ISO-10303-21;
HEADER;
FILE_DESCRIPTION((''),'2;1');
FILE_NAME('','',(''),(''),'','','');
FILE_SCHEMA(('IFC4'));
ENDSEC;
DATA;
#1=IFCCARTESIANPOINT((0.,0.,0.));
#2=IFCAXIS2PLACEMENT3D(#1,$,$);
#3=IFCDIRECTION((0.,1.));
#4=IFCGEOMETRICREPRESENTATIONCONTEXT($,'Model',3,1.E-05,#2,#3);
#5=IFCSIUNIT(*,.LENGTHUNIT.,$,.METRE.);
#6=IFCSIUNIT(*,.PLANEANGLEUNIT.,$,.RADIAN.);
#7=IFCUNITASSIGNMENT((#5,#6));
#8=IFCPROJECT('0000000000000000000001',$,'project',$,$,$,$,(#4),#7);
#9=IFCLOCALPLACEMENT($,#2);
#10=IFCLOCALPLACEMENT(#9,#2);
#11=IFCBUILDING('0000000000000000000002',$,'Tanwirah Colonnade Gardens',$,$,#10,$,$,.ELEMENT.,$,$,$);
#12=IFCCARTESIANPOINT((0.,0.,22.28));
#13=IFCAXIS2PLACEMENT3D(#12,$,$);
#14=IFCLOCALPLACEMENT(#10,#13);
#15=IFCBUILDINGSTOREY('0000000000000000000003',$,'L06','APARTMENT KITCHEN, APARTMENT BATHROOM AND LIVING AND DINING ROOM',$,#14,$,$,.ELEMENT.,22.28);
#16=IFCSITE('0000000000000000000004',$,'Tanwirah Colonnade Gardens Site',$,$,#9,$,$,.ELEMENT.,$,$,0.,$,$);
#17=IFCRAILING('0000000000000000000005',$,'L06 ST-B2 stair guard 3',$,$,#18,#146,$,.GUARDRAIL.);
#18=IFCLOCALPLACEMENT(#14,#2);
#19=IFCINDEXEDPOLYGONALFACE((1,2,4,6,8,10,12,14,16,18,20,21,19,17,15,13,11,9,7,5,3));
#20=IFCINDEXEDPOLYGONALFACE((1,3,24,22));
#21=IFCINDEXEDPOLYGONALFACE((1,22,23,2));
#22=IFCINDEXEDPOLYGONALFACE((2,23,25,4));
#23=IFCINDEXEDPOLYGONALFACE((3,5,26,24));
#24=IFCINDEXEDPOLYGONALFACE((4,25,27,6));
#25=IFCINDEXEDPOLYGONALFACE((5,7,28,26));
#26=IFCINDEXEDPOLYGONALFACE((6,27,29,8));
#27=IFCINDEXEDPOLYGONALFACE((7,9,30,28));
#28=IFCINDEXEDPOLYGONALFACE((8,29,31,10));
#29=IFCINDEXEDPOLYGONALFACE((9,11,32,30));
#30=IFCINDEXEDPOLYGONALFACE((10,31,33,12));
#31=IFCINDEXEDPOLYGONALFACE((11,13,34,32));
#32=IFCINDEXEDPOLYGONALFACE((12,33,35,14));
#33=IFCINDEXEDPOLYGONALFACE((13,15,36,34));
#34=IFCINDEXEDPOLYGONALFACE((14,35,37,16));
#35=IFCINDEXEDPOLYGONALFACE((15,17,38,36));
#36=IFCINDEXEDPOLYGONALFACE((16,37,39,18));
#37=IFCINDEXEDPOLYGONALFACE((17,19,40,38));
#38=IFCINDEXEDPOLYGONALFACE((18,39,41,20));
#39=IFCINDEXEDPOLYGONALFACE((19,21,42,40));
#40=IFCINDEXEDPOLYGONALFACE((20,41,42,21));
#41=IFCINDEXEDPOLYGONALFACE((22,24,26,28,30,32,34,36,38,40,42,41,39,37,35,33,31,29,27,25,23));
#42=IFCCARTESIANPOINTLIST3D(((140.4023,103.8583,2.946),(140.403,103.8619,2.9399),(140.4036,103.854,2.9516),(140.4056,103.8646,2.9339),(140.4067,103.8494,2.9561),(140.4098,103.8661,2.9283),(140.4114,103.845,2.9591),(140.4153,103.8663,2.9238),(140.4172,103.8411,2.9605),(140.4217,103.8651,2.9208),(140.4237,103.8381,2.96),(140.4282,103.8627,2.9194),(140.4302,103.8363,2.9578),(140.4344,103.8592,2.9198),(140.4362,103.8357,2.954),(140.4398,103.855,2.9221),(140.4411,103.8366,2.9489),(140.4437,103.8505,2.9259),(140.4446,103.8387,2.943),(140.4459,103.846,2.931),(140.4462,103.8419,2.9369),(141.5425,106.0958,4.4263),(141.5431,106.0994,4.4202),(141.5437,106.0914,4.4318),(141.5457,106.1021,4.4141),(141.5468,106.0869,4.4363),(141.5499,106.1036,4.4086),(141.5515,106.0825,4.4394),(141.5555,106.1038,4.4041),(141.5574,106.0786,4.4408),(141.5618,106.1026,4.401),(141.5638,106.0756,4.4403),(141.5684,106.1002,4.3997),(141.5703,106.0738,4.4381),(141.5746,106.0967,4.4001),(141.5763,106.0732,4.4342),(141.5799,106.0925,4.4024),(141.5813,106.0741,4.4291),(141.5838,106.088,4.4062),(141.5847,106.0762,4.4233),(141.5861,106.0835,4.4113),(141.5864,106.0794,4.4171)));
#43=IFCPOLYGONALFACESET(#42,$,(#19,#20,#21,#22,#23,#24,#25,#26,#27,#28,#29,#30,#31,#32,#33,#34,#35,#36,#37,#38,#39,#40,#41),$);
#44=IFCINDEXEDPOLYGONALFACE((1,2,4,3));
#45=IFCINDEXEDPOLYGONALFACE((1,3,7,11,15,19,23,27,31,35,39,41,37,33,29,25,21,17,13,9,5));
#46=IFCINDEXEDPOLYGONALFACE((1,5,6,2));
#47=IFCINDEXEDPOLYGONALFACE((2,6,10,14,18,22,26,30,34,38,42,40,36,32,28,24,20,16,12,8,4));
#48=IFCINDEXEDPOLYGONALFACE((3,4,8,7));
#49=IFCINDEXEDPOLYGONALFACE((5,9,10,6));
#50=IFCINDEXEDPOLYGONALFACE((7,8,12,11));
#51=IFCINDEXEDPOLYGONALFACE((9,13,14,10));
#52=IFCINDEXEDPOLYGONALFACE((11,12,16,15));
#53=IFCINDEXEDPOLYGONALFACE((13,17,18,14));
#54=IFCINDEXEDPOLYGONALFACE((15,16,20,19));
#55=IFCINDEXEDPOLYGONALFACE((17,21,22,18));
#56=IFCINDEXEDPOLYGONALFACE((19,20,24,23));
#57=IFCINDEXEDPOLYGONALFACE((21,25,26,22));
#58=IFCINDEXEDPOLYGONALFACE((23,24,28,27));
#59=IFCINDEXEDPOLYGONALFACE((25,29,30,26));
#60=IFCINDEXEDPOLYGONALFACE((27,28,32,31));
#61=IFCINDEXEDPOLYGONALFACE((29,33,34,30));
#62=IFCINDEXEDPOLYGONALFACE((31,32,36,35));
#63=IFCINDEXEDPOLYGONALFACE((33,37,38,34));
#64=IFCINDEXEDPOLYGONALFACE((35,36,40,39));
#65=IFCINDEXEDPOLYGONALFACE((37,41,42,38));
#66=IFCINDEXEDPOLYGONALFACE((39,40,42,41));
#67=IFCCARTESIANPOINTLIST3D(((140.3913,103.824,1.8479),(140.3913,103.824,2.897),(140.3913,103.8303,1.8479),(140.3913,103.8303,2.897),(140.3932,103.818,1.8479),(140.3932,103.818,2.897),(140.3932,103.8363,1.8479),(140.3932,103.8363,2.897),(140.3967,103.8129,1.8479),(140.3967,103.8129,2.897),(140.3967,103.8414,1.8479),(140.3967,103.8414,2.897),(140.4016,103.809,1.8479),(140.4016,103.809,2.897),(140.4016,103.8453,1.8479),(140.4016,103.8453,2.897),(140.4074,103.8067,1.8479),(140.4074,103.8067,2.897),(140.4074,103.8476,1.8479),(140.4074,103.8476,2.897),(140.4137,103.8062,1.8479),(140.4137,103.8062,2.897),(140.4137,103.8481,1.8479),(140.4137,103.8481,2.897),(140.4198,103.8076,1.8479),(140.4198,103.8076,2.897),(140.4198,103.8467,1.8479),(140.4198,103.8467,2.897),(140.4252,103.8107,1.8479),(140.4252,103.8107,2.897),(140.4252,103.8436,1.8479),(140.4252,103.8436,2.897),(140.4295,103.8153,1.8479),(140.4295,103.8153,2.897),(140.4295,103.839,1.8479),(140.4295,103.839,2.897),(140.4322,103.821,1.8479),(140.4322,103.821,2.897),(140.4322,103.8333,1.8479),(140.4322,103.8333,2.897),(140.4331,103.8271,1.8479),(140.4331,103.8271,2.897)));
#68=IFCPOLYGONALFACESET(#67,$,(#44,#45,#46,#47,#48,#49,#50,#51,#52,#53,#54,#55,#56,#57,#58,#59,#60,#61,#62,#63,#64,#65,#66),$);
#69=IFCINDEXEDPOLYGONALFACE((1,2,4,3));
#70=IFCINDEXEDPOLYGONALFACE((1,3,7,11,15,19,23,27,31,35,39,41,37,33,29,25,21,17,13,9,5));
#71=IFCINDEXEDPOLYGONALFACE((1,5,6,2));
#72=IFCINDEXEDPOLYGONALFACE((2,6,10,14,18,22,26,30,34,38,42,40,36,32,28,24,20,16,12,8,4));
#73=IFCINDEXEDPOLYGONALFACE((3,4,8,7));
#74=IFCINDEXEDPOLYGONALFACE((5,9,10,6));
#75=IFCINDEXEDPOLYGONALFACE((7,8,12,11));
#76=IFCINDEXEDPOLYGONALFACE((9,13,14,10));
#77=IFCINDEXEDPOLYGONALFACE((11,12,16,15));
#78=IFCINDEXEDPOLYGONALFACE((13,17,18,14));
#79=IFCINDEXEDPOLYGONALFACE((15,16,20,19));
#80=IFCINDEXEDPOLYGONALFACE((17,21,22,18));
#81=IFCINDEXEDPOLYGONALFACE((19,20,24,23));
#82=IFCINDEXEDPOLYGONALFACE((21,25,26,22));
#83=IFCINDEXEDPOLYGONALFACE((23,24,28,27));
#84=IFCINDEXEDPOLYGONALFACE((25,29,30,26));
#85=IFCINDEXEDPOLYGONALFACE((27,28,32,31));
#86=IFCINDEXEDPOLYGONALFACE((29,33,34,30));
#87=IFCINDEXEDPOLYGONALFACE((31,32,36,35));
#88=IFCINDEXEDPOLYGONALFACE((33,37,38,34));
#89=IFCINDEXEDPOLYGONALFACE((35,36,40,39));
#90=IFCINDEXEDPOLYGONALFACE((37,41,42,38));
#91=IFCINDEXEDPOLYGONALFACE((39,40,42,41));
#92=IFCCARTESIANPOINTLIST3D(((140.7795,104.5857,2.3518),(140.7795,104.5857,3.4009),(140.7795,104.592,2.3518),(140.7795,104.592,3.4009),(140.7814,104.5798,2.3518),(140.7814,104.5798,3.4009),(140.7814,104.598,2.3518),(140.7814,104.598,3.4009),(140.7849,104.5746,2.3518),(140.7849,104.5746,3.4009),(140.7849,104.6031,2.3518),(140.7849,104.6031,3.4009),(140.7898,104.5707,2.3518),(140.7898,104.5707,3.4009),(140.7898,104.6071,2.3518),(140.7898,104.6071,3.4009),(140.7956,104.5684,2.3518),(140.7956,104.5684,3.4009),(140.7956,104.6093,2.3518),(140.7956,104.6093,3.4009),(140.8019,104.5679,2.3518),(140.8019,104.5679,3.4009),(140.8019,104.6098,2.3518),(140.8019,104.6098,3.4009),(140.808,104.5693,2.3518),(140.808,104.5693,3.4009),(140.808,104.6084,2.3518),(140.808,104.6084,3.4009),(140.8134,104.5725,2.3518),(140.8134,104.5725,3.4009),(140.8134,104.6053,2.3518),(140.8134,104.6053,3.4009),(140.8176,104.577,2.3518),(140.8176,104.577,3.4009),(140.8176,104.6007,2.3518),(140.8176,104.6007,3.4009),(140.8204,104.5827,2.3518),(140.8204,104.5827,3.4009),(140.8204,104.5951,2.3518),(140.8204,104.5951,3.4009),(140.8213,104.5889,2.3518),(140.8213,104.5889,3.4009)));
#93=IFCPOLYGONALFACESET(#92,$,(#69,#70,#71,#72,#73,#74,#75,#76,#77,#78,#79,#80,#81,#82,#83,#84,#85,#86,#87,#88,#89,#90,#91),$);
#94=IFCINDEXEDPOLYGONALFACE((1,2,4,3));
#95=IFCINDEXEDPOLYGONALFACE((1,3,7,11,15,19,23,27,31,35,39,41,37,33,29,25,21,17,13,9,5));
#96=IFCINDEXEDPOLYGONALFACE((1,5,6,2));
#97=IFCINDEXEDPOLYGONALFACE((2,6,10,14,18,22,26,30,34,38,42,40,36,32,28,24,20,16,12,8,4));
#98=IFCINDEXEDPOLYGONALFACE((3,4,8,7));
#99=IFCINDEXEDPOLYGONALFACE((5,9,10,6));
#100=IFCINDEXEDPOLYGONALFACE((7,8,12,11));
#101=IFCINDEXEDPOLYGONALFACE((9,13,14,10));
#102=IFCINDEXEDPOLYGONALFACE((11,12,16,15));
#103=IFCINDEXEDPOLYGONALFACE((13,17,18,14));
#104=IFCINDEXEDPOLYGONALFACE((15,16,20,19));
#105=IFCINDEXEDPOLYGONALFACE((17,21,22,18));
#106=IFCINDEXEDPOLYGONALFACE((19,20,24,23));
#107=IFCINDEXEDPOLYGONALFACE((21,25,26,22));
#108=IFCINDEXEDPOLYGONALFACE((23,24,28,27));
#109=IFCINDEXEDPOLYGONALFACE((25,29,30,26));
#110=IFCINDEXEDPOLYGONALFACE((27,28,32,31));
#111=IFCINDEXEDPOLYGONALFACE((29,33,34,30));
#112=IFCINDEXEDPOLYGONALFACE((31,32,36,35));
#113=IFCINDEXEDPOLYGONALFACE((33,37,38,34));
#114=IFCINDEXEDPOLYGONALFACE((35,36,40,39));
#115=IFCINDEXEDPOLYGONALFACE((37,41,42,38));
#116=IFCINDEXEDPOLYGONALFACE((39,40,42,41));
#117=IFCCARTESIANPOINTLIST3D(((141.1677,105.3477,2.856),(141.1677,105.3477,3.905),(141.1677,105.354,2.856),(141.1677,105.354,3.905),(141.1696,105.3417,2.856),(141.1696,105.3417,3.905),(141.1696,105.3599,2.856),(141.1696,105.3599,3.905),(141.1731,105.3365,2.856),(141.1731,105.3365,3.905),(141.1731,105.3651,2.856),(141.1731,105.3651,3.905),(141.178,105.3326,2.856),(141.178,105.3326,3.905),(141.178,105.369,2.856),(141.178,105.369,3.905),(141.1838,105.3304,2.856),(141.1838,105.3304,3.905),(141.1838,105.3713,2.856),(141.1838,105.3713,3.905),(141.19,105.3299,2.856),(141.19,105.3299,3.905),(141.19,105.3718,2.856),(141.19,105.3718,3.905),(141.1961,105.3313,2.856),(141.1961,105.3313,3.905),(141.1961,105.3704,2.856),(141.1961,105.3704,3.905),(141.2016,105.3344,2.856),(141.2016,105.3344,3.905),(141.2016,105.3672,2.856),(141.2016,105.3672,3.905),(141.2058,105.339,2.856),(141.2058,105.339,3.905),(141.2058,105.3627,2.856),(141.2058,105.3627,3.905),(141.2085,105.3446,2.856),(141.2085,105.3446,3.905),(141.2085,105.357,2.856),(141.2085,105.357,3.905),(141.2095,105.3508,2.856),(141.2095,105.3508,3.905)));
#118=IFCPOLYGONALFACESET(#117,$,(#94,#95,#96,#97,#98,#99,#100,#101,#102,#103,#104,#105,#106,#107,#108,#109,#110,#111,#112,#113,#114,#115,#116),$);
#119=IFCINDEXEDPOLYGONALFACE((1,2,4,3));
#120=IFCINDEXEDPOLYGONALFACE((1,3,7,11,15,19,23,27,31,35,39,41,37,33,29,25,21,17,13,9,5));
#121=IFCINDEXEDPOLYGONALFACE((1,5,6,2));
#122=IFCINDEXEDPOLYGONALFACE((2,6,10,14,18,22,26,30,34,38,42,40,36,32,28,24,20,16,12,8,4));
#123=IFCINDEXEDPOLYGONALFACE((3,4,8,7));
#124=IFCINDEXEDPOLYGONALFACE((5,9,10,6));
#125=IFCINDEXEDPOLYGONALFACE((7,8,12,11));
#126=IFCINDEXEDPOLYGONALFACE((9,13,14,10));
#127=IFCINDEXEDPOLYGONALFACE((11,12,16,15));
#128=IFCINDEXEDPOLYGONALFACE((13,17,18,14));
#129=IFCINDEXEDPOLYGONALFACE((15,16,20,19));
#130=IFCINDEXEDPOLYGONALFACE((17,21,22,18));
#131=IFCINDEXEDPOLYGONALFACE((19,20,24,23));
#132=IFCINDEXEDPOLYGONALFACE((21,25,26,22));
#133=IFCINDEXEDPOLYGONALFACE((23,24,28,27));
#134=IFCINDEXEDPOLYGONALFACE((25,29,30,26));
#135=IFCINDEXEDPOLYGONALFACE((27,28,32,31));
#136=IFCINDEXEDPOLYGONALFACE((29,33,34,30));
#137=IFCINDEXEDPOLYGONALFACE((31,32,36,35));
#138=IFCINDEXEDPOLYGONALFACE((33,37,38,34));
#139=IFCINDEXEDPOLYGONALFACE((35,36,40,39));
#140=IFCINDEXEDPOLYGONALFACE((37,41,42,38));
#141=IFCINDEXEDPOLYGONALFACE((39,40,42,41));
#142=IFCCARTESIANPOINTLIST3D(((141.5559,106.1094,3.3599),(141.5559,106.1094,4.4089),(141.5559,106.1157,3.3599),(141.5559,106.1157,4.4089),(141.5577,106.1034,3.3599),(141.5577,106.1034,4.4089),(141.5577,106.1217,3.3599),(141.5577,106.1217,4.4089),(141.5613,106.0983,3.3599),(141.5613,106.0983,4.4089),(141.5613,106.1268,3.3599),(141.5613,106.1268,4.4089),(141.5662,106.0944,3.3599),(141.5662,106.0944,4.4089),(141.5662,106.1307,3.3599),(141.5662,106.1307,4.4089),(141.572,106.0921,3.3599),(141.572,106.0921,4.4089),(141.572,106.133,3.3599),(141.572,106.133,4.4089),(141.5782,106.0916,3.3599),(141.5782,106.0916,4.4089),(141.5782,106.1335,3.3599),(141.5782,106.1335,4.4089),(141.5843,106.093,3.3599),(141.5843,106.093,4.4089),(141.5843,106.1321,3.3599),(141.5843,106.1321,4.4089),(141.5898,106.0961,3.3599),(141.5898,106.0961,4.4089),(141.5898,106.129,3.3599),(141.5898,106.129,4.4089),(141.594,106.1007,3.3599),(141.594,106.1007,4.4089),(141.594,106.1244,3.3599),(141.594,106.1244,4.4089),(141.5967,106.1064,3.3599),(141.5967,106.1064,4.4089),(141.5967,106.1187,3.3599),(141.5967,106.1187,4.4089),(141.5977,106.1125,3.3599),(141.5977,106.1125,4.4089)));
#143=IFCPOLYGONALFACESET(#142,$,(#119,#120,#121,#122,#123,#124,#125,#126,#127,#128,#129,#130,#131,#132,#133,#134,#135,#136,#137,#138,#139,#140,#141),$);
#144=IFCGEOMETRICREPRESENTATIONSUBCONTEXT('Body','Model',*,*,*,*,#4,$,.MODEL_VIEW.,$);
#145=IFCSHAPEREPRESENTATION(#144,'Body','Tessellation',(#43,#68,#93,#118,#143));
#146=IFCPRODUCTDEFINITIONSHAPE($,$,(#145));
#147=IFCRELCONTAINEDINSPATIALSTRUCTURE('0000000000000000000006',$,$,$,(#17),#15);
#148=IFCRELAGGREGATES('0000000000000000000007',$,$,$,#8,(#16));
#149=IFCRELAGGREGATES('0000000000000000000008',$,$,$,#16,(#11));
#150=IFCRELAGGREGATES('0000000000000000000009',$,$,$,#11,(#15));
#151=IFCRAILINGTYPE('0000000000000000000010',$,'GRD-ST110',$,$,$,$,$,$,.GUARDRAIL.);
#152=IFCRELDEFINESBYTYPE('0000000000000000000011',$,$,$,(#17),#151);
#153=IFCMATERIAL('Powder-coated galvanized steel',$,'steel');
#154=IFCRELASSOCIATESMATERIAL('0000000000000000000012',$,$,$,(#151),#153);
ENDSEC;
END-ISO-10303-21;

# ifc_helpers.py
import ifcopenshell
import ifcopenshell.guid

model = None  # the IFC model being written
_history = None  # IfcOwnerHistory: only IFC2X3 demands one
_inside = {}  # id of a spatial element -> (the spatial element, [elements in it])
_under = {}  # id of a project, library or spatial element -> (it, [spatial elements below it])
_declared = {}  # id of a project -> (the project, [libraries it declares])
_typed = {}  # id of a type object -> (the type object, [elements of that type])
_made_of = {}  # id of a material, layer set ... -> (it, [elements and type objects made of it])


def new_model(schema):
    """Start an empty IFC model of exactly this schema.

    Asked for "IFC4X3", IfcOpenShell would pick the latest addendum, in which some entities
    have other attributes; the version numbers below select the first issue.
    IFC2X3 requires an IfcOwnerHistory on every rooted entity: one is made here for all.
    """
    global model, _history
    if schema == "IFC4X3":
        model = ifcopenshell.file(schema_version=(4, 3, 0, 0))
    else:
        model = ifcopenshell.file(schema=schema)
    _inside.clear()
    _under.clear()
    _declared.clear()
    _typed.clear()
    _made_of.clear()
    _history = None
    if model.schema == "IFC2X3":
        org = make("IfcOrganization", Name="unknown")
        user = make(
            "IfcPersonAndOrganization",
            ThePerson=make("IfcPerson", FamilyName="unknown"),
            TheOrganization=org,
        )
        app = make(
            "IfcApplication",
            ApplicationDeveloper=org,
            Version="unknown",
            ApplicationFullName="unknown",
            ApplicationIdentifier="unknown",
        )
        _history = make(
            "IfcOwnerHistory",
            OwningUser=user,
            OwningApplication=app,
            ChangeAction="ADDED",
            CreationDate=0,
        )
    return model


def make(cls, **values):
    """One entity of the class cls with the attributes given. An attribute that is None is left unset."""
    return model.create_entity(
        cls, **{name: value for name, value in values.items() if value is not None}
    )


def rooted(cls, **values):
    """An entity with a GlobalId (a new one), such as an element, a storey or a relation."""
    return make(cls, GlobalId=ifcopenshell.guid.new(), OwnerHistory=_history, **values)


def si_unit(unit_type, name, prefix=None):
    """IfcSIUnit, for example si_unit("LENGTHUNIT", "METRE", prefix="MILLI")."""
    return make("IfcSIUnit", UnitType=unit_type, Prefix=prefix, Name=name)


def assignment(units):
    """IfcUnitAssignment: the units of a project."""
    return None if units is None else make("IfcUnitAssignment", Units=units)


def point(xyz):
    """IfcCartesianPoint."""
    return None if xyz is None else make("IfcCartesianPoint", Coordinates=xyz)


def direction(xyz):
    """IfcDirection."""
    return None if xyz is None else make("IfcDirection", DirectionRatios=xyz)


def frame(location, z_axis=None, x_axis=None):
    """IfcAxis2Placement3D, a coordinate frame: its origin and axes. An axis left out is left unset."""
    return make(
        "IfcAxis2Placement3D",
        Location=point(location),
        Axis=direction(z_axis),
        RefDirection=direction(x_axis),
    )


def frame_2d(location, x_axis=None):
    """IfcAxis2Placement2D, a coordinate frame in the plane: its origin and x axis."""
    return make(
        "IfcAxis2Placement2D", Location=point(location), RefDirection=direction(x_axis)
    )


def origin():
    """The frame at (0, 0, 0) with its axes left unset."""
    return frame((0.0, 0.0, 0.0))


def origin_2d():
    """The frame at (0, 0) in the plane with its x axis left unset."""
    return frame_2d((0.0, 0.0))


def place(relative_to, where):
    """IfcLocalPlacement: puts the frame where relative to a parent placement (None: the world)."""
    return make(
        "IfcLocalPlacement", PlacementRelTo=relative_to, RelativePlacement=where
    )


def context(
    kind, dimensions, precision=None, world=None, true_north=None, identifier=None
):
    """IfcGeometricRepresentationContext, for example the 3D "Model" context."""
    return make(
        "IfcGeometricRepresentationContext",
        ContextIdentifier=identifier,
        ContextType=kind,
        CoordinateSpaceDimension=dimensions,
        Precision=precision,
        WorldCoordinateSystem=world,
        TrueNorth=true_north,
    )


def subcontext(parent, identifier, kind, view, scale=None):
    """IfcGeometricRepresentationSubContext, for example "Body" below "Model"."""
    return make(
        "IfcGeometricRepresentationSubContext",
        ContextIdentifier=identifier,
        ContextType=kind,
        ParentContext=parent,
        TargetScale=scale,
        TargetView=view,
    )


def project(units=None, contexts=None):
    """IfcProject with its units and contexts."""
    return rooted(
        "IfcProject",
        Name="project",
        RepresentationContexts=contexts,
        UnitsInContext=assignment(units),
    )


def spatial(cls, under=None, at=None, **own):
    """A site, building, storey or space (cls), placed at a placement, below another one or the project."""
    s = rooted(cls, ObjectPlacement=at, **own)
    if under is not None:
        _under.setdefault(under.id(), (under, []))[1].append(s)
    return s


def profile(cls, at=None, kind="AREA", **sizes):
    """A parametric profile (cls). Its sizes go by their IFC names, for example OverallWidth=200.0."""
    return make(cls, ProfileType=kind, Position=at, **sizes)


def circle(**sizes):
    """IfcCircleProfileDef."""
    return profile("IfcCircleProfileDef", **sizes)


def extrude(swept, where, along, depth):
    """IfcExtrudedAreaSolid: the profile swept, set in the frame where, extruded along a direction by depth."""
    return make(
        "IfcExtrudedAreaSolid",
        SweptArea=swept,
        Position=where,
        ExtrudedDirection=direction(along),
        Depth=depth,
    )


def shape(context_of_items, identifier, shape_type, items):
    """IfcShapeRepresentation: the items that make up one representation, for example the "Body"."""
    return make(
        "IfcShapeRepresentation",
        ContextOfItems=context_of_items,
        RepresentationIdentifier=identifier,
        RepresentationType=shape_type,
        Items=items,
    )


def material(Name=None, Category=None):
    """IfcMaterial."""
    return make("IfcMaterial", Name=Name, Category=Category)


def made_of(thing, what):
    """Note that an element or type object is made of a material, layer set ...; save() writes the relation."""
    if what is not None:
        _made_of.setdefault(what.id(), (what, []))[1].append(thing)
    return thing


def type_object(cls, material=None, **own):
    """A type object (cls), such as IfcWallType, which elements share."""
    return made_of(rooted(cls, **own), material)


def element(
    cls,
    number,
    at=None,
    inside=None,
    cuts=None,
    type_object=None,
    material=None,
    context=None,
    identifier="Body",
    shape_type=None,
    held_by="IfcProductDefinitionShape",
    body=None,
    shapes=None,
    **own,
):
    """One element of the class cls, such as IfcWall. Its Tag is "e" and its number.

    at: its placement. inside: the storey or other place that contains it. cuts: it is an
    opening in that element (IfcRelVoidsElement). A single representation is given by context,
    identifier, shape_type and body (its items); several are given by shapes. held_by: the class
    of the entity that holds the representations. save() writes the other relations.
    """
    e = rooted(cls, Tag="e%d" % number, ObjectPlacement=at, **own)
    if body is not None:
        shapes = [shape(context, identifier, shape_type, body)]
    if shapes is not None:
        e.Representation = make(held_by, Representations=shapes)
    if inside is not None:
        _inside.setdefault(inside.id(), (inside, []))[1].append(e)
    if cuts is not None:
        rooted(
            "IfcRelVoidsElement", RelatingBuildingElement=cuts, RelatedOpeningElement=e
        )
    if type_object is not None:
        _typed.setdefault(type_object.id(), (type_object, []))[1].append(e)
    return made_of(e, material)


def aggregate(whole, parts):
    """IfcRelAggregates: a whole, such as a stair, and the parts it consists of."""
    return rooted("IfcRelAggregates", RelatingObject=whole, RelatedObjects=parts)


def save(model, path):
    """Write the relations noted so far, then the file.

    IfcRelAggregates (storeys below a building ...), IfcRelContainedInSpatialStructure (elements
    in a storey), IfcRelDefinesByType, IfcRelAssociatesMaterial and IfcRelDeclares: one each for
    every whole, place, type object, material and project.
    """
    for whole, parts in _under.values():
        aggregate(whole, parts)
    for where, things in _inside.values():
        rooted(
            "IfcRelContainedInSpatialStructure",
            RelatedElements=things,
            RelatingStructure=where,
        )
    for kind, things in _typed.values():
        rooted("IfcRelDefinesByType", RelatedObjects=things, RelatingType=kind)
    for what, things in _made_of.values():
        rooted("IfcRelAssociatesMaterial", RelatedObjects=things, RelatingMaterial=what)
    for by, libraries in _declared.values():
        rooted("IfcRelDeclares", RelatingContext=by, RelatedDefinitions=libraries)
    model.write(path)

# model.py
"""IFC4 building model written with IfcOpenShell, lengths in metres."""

from ifc_helpers import new_model, si_unit, direction, frame, origin, origin_2d, place, context, subcontext, project, spatial, circle, extrude, material, type_object, element, save


model = new_model("IFC4")

# Units and contexts
model_context = context("Model", 3, precision=1e-05, world=origin(), true_north=direction((0.0, 1.0)))
body_context = subcontext(model_context, "Body", "Model", "MODEL_VIEW")
ifc_project = project(units=[si_unit("LENGTHUNIT", "METRE"), si_unit("PLANEANGLEUNIT", "RADIAN")], contexts=[model_context])

# Site, building, storey
site_placement = place(None, origin())
site = spatial("IfcSite", under=ifc_project, at=site_placement, Name="Tanwirah Colonnade Gardens Site", CompositionType="ELEMENT", RefElevation=0.0)
building_placement = place(site_placement, origin())
building = spatial("IfcBuilding", under=site, at=building_placement, Name="Tanwirah Colonnade Gardens", CompositionType="ELEMENT")
storey_placement = place(building_placement, frame((0.0, 0.0, 22.28)))
storey = spatial("IfcBuildingStorey", under=building, at=storey_placement, Name="L06", Description="APARTMENT KITCHEN, APARTMENT BATHROOM AND LIVING AND DINING ROOM", CompositionType="ELEMENT", Elevation=22.28)

# Railing
ifc_material_1 = material(Name="Powder-coated galvanized steel", Category="steel")
railing_type_1 = type_object("IfcRailingType", Name="GRD-ST110", PredefinedType="GUARDRAIL", material=ifc_material_1)
railing_1_placement = place(storey_placement, frame((140.4121, 103.8271, 1.8479)))
element("IfcRailing", 1, at=railing_1_placement, inside=storey, type_object=railing_type_1, Name="L06 ST-B2 stair guard 3", PredefinedType="GUARDRAIL", context=body_context, shape_type="SweptSolid", body=[
    extrude(circle(Radius=0.0239, at=origin_2d()), frame((0.0122, 0.0239, 1.092), z_axis=(0.391122, 0.767567, 0.507803), x_axis=(-0.890994, 0.454016, 0.0)), (0.0, 0.0, 1.0), 2.915),
    extrude(circle(Radius=0.021, at=origin_2d()), origin(), (0.0, 0.0, 1.0), 1.0491),
    extrude(circle(Radius=0.021, at=origin_2d()), frame((0.3882, 0.7617, 0.5039)), (0.0, 0.0, 1.0), 1.0491),
    extrude(circle(Radius=0.021, at=origin_2d()), frame((0.7764, 1.5237, 1.0081)), (0.0, 0.0, 1.0), 1.0491),
    extrude(circle(Radius=0.021, at=origin_2d()), frame((1.1646, 2.2854, 1.512)), (0.0, 0.0, 1.0), 1.0491),
])

save(model, "model.ifc")
